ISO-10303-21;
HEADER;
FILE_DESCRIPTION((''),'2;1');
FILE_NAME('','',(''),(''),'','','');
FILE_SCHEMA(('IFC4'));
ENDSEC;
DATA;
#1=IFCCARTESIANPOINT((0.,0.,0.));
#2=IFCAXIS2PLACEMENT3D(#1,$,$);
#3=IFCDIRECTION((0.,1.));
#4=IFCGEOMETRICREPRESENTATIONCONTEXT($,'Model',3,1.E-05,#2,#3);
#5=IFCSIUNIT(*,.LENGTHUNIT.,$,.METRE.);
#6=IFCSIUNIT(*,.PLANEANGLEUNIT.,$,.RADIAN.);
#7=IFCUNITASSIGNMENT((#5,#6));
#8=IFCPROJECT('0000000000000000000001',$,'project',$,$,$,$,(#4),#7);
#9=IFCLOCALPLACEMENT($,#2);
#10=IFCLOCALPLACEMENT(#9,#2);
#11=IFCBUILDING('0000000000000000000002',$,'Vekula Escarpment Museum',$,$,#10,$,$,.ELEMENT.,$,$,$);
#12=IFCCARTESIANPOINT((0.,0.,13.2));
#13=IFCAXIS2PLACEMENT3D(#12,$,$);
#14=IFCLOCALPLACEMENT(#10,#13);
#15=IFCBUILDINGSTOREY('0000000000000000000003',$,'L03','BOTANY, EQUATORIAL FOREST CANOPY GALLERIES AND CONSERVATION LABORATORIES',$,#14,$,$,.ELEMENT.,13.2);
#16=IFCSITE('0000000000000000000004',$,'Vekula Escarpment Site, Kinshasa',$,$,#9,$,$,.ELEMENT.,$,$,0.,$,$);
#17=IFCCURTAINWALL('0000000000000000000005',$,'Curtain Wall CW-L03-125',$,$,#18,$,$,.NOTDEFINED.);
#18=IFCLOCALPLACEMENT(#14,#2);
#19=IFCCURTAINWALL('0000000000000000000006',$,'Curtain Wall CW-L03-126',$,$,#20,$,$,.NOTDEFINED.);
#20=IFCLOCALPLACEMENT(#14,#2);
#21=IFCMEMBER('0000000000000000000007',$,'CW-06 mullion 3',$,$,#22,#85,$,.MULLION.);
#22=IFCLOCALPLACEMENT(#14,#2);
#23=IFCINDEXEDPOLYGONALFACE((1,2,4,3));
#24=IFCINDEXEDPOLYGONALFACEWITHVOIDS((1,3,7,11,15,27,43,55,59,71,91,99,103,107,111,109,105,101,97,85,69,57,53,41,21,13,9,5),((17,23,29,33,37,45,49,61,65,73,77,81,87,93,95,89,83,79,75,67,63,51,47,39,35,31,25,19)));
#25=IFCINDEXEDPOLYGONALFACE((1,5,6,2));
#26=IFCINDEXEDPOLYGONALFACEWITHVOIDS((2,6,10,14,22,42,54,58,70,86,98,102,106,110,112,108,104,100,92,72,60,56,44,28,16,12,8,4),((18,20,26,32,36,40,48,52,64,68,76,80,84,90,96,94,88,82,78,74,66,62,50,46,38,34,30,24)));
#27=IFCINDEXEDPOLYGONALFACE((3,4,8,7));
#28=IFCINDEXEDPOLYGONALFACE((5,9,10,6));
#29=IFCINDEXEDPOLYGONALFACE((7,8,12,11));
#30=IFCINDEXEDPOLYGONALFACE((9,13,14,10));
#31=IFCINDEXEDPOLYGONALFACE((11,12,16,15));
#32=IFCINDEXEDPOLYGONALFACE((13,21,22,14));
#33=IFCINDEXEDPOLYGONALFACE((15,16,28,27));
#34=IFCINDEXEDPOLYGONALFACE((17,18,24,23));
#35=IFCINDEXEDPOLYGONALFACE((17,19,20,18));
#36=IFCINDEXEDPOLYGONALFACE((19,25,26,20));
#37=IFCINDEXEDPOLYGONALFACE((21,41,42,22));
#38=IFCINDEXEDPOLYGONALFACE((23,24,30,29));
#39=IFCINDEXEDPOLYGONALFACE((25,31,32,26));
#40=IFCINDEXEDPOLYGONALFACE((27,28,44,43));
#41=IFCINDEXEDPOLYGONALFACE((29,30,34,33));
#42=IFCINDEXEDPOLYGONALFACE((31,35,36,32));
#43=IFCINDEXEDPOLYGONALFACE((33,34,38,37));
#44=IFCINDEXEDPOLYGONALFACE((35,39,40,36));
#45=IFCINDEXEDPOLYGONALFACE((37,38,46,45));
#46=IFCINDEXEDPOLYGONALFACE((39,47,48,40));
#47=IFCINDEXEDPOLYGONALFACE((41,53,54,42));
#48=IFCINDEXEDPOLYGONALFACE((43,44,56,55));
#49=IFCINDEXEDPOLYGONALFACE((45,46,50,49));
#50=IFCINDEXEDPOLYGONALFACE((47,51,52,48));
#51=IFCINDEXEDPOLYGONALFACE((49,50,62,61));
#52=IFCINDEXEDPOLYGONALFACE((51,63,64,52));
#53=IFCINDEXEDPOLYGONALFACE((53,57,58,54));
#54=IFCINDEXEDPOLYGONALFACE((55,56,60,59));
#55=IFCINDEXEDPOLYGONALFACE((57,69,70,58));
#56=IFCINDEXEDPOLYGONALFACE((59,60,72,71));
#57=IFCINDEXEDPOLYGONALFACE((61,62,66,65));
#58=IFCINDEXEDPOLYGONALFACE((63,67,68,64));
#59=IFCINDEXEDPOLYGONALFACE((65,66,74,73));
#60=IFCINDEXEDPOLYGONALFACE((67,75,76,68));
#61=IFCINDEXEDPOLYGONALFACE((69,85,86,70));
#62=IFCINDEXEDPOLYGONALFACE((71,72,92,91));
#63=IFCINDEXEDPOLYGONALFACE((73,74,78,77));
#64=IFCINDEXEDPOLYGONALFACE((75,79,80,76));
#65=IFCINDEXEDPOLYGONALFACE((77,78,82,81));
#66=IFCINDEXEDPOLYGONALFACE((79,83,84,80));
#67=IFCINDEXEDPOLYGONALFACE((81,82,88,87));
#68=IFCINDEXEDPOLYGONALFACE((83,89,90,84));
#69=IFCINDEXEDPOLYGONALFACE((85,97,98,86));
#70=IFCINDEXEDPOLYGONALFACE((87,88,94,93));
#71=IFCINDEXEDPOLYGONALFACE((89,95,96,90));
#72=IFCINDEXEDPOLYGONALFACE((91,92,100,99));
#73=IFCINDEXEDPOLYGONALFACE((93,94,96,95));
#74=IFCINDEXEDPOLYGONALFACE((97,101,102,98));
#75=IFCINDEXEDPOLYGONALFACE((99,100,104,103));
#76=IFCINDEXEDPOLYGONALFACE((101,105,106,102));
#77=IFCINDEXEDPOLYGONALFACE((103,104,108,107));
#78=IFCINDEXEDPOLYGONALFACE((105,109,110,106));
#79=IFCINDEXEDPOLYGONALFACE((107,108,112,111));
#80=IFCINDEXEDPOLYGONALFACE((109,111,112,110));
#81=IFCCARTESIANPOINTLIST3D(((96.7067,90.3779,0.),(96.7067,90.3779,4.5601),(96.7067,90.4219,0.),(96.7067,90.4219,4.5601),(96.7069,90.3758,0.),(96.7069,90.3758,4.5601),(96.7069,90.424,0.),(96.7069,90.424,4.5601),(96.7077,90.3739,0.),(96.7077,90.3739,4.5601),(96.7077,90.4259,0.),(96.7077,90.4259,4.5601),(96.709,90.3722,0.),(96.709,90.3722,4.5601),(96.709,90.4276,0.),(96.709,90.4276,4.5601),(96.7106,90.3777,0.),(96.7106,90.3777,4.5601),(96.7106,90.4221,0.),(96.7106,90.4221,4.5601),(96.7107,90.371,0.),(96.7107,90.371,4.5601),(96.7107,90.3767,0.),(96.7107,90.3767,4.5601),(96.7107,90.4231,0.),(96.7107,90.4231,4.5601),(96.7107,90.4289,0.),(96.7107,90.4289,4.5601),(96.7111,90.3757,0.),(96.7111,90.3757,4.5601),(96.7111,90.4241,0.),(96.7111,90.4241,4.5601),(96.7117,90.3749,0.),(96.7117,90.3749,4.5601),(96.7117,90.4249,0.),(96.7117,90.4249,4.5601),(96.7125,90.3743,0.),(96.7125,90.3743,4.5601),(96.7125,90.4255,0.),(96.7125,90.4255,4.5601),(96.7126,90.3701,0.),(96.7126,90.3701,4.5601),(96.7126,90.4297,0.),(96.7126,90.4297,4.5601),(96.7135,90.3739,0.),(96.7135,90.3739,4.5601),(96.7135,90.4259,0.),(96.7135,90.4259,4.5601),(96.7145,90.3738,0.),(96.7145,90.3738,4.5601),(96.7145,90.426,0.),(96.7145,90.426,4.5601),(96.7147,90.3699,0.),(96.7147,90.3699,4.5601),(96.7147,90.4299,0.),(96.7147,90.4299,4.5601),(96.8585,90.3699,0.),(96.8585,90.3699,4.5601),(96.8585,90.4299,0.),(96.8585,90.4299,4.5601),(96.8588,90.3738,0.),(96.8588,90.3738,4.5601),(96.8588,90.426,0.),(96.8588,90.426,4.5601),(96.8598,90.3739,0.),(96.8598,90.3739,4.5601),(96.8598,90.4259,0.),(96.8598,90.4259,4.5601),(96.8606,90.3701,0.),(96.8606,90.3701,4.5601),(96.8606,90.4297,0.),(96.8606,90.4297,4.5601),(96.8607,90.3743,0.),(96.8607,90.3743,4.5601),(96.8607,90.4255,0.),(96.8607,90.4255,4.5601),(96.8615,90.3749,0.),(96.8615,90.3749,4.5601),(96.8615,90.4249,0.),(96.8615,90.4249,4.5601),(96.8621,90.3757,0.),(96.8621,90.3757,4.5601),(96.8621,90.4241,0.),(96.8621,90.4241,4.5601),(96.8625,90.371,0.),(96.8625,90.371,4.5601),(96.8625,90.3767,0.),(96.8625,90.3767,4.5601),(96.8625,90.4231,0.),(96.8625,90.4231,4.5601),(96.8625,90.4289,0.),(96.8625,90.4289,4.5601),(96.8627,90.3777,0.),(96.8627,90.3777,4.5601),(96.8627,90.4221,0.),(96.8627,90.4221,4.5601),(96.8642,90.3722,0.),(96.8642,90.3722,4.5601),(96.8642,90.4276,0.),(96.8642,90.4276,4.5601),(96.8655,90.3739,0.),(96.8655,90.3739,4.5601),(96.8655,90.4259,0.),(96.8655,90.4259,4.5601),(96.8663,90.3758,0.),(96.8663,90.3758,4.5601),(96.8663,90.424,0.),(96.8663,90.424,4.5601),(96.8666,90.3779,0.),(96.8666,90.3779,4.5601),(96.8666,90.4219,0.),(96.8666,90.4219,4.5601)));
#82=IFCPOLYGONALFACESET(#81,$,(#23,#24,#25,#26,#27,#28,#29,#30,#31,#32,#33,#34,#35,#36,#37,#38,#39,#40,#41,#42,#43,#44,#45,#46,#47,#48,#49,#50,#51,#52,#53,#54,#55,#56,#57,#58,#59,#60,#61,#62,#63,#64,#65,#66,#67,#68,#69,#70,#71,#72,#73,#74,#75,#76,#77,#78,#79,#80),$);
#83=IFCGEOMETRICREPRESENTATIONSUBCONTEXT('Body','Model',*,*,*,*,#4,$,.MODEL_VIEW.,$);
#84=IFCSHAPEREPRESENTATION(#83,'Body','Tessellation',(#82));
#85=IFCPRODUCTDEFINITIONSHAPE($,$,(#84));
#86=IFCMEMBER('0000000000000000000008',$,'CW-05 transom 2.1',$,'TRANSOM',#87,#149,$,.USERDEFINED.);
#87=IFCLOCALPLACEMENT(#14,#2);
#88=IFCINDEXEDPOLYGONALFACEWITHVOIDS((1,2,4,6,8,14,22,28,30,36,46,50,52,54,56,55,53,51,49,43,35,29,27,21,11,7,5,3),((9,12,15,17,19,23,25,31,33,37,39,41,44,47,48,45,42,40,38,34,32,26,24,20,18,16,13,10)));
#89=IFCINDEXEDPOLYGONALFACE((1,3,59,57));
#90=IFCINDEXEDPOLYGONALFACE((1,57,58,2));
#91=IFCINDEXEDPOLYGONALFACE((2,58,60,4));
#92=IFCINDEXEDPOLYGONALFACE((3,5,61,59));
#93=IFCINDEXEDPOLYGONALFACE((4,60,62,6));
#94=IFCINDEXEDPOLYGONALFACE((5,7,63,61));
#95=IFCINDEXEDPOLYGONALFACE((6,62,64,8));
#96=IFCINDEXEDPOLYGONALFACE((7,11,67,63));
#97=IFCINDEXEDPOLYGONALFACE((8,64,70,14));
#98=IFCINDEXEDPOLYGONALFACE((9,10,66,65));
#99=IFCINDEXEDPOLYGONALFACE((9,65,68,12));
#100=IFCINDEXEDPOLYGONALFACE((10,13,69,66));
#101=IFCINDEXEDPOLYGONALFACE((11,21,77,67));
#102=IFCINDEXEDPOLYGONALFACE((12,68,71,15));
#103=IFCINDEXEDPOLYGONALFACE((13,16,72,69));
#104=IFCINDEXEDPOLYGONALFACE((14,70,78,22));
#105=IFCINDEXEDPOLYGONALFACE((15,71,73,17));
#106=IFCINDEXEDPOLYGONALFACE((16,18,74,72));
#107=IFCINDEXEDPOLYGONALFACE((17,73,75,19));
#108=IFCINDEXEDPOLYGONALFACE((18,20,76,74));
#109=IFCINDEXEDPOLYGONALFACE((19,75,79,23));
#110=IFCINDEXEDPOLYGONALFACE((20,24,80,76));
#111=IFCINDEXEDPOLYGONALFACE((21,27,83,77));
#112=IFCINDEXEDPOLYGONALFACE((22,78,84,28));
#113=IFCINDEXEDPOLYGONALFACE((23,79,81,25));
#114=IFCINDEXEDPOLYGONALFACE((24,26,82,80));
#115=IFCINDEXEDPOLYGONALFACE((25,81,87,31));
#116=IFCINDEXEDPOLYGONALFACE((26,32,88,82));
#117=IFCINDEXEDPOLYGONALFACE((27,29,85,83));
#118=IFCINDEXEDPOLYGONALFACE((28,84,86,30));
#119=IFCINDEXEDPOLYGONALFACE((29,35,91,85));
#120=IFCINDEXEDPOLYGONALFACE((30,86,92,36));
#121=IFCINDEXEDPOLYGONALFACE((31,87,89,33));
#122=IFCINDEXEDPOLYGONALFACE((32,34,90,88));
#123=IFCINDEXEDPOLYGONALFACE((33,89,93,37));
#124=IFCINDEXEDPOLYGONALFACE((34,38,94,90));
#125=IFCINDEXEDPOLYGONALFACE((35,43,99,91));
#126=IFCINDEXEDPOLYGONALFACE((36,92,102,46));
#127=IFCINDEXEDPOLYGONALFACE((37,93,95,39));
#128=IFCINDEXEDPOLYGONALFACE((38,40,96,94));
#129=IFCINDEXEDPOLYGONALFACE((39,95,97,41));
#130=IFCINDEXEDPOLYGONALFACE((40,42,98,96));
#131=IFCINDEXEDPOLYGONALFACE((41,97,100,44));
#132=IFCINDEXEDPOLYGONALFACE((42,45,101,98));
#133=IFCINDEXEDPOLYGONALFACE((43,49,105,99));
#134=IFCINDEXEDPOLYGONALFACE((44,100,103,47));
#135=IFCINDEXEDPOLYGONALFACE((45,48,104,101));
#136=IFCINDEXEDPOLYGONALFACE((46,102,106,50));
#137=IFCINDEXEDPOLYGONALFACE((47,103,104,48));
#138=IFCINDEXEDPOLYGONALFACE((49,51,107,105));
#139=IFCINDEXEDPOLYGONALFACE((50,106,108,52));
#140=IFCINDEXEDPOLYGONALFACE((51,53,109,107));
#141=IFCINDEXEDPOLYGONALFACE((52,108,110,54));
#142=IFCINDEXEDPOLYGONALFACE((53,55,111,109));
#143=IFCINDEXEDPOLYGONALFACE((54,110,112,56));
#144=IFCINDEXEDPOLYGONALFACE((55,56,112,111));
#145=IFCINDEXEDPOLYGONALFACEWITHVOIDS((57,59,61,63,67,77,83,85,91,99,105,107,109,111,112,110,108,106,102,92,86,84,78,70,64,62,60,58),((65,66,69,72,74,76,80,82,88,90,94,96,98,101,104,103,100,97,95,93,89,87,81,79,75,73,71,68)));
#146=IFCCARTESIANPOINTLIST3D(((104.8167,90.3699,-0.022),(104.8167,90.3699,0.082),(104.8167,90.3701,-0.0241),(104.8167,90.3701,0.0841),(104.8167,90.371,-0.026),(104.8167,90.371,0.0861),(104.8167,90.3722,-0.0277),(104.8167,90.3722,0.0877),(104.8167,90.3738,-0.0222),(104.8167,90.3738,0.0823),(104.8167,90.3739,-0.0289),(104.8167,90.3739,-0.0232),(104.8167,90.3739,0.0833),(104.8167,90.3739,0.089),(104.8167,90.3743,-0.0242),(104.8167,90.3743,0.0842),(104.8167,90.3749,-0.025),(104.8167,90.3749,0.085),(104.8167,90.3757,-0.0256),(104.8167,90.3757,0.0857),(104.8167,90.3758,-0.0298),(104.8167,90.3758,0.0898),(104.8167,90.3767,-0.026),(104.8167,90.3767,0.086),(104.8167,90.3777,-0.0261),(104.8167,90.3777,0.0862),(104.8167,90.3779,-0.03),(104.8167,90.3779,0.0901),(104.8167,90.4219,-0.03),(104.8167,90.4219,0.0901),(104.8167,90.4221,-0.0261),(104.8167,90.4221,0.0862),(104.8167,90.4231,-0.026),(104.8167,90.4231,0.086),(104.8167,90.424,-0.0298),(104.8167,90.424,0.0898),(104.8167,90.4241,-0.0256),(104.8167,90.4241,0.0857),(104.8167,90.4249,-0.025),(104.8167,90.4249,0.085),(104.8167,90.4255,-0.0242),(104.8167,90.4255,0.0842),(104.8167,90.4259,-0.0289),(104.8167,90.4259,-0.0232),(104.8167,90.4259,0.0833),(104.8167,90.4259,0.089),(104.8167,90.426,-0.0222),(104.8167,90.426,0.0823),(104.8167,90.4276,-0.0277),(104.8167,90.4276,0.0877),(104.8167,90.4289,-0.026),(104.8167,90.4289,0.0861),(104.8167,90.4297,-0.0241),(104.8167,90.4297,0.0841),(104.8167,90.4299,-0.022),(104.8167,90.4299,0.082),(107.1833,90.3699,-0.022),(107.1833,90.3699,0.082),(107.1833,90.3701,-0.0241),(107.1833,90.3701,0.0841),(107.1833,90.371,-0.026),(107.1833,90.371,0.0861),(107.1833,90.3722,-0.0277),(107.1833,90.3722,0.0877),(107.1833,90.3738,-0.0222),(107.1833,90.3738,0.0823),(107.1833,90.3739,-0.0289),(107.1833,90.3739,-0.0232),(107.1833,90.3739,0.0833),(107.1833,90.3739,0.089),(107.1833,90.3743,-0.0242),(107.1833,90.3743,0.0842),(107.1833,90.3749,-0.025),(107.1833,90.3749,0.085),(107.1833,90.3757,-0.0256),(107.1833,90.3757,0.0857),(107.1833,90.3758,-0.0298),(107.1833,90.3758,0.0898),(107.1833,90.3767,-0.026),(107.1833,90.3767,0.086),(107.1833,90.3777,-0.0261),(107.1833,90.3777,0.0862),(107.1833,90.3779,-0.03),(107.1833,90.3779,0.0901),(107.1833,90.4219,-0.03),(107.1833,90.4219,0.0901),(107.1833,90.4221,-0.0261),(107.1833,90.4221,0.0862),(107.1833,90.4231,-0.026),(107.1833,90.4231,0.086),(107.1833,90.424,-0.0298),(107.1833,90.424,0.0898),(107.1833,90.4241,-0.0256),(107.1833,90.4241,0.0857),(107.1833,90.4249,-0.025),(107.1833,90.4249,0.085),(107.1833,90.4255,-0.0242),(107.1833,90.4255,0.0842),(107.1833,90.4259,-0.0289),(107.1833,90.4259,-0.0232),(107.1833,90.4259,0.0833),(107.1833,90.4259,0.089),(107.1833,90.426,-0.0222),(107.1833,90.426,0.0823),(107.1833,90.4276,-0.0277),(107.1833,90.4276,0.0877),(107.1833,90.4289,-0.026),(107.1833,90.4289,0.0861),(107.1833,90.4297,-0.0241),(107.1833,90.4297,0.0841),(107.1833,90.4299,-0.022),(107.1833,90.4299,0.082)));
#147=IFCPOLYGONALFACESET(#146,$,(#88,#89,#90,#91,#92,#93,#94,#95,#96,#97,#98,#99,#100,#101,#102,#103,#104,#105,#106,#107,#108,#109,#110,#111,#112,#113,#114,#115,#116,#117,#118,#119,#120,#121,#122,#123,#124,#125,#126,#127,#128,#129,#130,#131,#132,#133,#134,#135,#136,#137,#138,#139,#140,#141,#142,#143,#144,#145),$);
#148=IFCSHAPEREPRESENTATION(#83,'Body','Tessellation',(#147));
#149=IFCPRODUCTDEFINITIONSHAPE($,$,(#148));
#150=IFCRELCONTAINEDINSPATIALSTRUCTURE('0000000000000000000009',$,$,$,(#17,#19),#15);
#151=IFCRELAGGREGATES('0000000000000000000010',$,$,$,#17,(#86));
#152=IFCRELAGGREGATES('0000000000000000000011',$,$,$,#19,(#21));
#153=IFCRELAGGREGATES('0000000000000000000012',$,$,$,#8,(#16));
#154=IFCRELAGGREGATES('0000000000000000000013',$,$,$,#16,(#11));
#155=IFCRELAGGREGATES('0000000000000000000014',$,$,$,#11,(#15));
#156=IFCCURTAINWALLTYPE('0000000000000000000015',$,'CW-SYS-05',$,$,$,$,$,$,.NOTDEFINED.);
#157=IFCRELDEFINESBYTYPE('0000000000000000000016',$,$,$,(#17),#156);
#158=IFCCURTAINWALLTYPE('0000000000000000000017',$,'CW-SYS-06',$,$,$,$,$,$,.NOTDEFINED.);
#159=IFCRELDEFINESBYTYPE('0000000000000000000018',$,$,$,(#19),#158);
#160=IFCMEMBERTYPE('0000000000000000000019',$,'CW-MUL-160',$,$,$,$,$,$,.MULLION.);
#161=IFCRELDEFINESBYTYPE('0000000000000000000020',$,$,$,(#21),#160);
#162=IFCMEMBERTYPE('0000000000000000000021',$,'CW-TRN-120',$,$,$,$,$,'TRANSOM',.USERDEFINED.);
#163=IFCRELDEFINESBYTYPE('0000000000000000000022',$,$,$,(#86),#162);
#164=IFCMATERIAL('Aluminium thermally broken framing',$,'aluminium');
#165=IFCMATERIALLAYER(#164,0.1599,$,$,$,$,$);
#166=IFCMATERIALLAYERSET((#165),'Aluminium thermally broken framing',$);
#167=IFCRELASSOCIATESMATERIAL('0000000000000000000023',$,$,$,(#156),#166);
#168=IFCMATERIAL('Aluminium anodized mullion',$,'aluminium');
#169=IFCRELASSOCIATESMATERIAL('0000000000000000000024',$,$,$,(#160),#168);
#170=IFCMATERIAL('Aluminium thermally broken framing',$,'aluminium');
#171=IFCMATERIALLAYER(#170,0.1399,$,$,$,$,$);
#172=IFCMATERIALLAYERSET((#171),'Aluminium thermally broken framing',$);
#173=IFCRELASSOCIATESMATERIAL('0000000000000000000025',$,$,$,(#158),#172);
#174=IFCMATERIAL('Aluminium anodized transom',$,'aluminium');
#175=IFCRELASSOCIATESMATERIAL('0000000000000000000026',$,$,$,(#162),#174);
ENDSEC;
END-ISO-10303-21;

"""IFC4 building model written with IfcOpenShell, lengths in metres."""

from ifc_helpers import new_model, si_unit, direction, frame, origin, origin_2d, place, context, subcontext, project, spatial, hollow_rectangle, extrude, material, layer, layer_set, material_profile, profile_set, type_object, element, aggregate, save


model = new_model("IFC4")

# Units and contexts
model_context = context("Model", 3, precision=1e-05, world=origin(), true_north=direction((0.0, 1.0)))
body_context = subcontext(model_context, "Body", "Model", "MODEL_VIEW")
ifc_project = project(units=[si_unit("LENGTHUNIT", "METRE"), si_unit("PLANEANGLEUNIT", "RADIAN")], contexts=[model_context])

# Site, building, storey
site_placement = place(None, origin())
site = spatial("IfcSite", under=ifc_project, at=site_placement, Name="Vekula Escarpment Site, Kinshasa", CompositionType="ELEMENT", RefElevation=0.0)
building_placement = place(site_placement, origin())
building = spatial("IfcBuilding", under=site, at=building_placement, Name="Vekula Escarpment Museum", CompositionType="ELEMENT")
storey_placement = place(building_placement, frame((0.0, 0.0, 13.2)))
storey = spatial("IfcBuildingStorey", under=building, at=storey_placement, Name="L03", Description="BOTANY, EQUATORIAL FOREST CANOPY GALLERIES AND CONSERVATION LABORATORIES", CompositionType="ELEMENT", Elevation=13.2)

# Curtain walls, member
ifc_material_1 = material(Name="Aluminium thermally broken framing", Category="aluminium")
ifc_layer_1 = layer(ifc_material_1, 0.1599)
ifc_layer_set_1 = layer_set([ifc_layer_1], Name="Aluminium thermally broken framing")
curtain_wall_type_1 = type_object("IfcCurtainWallType", Name="CW-SYS-05", PredefinedType="NOTDEFINED", material=ifc_layer_set_1)
curtain_wall_1_placement = place(storey_placement, origin())
curtain_wall_1 = element("IfcCurtainWall", 1, at=curtain_wall_1_placement, inside=storey, type_object=curtain_wall_type_1, Name="Curtain Wall CW-L03-125", PredefinedType="NOTDEFINED")
ifc_material_2 = material(Name="Aluminium anodized mullion", Category="aluminium")
ifc_material_profile_1 = material_profile(ifc_material_2, hollow_rectangle(XDim=0.0601, YDim=0.1599, WallThickness=0.0039, InnerFilletRadius=0.0039, OuterFilletRadius=0.0081, at=origin_2d()), Name="ALU 160x60x4")
ifc_profile_set_1 = profile_set([ifc_material_profile_1], Name="Aluminium anodized mullion")
member_type_1 = type_object("IfcMemberType", Name="CW-MUL-160", PredefinedType="MULLION", material=ifc_profile_set_1)
ifc_material_3 = material(Name="Aluminium thermally broken framing", Category="aluminium")
ifc_layer_2 = layer(ifc_material_3, 0.1399)
ifc_layer_set_2 = layer_set([ifc_layer_2], Name="Aluminium thermally broken framing")
curtain_wall_type_2 = type_object("IfcCurtainWallType", Name="CW-SYS-06", PredefinedType="NOTDEFINED", material=ifc_layer_set_2)
curtain_wall_2_placement = place(storey_placement, origin())
curtain_wall_2 = element("IfcCurtainWall", 2, at=curtain_wall_2_placement, inside=storey, type_object=curtain_wall_type_2, Name="Curtain Wall CW-L03-126", PredefinedType="NOTDEFINED")
member_1_placement = place(storey_placement, frame((96.7866, 90.3999, 0.0), z_axis=(0.0, 0.0, 1.0), x_axis=(0.0, -1.0, 0.0)))
member_1 = element("IfcMember", 3, at=member_1_placement, type_object=member_type_1, Name="CW-06 mullion 3", PredefinedType="MULLION", context=body_context, shape_type="SweptSolid", body=[
    extrude(hollow_rectangle(XDim=0.0601, YDim=0.1599, WallThickness=0.0039, InnerFilletRadius=0.0039, OuterFilletRadius=0.0081, at=origin_2d()), origin(), (0.0, 0.0, 1.0), 4.5601),
])

# Member
ifc_material_4 = material(Name="Aluminium anodized transom", Category="aluminium")
ifc_material_profile_2 = material_profile(ifc_material_4, hollow_rectangle(XDim=0.0601, YDim=0.1201, WallThickness=0.0039, InnerFilletRadius=0.0039, OuterFilletRadius=0.0081, at=origin_2d()), Name="ALU 120x60x4")
ifc_profile_set_2 = profile_set([ifc_material_profile_2], Name="Aluminium anodized transom")
member_type_2 = type_object("IfcMemberType", Name="CW-TRN-120", ElementType="TRANSOM", PredefinedType="USERDEFINED", material=ifc_profile_set_2)
member_2_placement = place(storey_placement, frame((107.1833, 90.3999, 0.03), z_axis=(-1.0, 0.0, 0.0), x_axis=(0.0, -1.0, 0.0)))
member_2 = element("IfcMember", 4, at=member_2_placement, type_object=member_type_2, Name="CW-05 transom 2.1", ObjectType="TRANSOM", PredefinedType="USERDEFINED", context=body_context, shape_type="SweptSolid", body=[
    extrude(hollow_rectangle(XDim=0.0601, YDim=0.1201, WallThickness=0.0039, InnerFilletRadius=0.0039, OuterFilletRadius=0.0081, at=origin_2d()), origin(), (0.0, 0.0, 1.0), 2.3667),
])

aggregate(curtain_wall_1, [member_2])
aggregate(curtain_wall_2, [member_1])

save(model, "model.ifc")
